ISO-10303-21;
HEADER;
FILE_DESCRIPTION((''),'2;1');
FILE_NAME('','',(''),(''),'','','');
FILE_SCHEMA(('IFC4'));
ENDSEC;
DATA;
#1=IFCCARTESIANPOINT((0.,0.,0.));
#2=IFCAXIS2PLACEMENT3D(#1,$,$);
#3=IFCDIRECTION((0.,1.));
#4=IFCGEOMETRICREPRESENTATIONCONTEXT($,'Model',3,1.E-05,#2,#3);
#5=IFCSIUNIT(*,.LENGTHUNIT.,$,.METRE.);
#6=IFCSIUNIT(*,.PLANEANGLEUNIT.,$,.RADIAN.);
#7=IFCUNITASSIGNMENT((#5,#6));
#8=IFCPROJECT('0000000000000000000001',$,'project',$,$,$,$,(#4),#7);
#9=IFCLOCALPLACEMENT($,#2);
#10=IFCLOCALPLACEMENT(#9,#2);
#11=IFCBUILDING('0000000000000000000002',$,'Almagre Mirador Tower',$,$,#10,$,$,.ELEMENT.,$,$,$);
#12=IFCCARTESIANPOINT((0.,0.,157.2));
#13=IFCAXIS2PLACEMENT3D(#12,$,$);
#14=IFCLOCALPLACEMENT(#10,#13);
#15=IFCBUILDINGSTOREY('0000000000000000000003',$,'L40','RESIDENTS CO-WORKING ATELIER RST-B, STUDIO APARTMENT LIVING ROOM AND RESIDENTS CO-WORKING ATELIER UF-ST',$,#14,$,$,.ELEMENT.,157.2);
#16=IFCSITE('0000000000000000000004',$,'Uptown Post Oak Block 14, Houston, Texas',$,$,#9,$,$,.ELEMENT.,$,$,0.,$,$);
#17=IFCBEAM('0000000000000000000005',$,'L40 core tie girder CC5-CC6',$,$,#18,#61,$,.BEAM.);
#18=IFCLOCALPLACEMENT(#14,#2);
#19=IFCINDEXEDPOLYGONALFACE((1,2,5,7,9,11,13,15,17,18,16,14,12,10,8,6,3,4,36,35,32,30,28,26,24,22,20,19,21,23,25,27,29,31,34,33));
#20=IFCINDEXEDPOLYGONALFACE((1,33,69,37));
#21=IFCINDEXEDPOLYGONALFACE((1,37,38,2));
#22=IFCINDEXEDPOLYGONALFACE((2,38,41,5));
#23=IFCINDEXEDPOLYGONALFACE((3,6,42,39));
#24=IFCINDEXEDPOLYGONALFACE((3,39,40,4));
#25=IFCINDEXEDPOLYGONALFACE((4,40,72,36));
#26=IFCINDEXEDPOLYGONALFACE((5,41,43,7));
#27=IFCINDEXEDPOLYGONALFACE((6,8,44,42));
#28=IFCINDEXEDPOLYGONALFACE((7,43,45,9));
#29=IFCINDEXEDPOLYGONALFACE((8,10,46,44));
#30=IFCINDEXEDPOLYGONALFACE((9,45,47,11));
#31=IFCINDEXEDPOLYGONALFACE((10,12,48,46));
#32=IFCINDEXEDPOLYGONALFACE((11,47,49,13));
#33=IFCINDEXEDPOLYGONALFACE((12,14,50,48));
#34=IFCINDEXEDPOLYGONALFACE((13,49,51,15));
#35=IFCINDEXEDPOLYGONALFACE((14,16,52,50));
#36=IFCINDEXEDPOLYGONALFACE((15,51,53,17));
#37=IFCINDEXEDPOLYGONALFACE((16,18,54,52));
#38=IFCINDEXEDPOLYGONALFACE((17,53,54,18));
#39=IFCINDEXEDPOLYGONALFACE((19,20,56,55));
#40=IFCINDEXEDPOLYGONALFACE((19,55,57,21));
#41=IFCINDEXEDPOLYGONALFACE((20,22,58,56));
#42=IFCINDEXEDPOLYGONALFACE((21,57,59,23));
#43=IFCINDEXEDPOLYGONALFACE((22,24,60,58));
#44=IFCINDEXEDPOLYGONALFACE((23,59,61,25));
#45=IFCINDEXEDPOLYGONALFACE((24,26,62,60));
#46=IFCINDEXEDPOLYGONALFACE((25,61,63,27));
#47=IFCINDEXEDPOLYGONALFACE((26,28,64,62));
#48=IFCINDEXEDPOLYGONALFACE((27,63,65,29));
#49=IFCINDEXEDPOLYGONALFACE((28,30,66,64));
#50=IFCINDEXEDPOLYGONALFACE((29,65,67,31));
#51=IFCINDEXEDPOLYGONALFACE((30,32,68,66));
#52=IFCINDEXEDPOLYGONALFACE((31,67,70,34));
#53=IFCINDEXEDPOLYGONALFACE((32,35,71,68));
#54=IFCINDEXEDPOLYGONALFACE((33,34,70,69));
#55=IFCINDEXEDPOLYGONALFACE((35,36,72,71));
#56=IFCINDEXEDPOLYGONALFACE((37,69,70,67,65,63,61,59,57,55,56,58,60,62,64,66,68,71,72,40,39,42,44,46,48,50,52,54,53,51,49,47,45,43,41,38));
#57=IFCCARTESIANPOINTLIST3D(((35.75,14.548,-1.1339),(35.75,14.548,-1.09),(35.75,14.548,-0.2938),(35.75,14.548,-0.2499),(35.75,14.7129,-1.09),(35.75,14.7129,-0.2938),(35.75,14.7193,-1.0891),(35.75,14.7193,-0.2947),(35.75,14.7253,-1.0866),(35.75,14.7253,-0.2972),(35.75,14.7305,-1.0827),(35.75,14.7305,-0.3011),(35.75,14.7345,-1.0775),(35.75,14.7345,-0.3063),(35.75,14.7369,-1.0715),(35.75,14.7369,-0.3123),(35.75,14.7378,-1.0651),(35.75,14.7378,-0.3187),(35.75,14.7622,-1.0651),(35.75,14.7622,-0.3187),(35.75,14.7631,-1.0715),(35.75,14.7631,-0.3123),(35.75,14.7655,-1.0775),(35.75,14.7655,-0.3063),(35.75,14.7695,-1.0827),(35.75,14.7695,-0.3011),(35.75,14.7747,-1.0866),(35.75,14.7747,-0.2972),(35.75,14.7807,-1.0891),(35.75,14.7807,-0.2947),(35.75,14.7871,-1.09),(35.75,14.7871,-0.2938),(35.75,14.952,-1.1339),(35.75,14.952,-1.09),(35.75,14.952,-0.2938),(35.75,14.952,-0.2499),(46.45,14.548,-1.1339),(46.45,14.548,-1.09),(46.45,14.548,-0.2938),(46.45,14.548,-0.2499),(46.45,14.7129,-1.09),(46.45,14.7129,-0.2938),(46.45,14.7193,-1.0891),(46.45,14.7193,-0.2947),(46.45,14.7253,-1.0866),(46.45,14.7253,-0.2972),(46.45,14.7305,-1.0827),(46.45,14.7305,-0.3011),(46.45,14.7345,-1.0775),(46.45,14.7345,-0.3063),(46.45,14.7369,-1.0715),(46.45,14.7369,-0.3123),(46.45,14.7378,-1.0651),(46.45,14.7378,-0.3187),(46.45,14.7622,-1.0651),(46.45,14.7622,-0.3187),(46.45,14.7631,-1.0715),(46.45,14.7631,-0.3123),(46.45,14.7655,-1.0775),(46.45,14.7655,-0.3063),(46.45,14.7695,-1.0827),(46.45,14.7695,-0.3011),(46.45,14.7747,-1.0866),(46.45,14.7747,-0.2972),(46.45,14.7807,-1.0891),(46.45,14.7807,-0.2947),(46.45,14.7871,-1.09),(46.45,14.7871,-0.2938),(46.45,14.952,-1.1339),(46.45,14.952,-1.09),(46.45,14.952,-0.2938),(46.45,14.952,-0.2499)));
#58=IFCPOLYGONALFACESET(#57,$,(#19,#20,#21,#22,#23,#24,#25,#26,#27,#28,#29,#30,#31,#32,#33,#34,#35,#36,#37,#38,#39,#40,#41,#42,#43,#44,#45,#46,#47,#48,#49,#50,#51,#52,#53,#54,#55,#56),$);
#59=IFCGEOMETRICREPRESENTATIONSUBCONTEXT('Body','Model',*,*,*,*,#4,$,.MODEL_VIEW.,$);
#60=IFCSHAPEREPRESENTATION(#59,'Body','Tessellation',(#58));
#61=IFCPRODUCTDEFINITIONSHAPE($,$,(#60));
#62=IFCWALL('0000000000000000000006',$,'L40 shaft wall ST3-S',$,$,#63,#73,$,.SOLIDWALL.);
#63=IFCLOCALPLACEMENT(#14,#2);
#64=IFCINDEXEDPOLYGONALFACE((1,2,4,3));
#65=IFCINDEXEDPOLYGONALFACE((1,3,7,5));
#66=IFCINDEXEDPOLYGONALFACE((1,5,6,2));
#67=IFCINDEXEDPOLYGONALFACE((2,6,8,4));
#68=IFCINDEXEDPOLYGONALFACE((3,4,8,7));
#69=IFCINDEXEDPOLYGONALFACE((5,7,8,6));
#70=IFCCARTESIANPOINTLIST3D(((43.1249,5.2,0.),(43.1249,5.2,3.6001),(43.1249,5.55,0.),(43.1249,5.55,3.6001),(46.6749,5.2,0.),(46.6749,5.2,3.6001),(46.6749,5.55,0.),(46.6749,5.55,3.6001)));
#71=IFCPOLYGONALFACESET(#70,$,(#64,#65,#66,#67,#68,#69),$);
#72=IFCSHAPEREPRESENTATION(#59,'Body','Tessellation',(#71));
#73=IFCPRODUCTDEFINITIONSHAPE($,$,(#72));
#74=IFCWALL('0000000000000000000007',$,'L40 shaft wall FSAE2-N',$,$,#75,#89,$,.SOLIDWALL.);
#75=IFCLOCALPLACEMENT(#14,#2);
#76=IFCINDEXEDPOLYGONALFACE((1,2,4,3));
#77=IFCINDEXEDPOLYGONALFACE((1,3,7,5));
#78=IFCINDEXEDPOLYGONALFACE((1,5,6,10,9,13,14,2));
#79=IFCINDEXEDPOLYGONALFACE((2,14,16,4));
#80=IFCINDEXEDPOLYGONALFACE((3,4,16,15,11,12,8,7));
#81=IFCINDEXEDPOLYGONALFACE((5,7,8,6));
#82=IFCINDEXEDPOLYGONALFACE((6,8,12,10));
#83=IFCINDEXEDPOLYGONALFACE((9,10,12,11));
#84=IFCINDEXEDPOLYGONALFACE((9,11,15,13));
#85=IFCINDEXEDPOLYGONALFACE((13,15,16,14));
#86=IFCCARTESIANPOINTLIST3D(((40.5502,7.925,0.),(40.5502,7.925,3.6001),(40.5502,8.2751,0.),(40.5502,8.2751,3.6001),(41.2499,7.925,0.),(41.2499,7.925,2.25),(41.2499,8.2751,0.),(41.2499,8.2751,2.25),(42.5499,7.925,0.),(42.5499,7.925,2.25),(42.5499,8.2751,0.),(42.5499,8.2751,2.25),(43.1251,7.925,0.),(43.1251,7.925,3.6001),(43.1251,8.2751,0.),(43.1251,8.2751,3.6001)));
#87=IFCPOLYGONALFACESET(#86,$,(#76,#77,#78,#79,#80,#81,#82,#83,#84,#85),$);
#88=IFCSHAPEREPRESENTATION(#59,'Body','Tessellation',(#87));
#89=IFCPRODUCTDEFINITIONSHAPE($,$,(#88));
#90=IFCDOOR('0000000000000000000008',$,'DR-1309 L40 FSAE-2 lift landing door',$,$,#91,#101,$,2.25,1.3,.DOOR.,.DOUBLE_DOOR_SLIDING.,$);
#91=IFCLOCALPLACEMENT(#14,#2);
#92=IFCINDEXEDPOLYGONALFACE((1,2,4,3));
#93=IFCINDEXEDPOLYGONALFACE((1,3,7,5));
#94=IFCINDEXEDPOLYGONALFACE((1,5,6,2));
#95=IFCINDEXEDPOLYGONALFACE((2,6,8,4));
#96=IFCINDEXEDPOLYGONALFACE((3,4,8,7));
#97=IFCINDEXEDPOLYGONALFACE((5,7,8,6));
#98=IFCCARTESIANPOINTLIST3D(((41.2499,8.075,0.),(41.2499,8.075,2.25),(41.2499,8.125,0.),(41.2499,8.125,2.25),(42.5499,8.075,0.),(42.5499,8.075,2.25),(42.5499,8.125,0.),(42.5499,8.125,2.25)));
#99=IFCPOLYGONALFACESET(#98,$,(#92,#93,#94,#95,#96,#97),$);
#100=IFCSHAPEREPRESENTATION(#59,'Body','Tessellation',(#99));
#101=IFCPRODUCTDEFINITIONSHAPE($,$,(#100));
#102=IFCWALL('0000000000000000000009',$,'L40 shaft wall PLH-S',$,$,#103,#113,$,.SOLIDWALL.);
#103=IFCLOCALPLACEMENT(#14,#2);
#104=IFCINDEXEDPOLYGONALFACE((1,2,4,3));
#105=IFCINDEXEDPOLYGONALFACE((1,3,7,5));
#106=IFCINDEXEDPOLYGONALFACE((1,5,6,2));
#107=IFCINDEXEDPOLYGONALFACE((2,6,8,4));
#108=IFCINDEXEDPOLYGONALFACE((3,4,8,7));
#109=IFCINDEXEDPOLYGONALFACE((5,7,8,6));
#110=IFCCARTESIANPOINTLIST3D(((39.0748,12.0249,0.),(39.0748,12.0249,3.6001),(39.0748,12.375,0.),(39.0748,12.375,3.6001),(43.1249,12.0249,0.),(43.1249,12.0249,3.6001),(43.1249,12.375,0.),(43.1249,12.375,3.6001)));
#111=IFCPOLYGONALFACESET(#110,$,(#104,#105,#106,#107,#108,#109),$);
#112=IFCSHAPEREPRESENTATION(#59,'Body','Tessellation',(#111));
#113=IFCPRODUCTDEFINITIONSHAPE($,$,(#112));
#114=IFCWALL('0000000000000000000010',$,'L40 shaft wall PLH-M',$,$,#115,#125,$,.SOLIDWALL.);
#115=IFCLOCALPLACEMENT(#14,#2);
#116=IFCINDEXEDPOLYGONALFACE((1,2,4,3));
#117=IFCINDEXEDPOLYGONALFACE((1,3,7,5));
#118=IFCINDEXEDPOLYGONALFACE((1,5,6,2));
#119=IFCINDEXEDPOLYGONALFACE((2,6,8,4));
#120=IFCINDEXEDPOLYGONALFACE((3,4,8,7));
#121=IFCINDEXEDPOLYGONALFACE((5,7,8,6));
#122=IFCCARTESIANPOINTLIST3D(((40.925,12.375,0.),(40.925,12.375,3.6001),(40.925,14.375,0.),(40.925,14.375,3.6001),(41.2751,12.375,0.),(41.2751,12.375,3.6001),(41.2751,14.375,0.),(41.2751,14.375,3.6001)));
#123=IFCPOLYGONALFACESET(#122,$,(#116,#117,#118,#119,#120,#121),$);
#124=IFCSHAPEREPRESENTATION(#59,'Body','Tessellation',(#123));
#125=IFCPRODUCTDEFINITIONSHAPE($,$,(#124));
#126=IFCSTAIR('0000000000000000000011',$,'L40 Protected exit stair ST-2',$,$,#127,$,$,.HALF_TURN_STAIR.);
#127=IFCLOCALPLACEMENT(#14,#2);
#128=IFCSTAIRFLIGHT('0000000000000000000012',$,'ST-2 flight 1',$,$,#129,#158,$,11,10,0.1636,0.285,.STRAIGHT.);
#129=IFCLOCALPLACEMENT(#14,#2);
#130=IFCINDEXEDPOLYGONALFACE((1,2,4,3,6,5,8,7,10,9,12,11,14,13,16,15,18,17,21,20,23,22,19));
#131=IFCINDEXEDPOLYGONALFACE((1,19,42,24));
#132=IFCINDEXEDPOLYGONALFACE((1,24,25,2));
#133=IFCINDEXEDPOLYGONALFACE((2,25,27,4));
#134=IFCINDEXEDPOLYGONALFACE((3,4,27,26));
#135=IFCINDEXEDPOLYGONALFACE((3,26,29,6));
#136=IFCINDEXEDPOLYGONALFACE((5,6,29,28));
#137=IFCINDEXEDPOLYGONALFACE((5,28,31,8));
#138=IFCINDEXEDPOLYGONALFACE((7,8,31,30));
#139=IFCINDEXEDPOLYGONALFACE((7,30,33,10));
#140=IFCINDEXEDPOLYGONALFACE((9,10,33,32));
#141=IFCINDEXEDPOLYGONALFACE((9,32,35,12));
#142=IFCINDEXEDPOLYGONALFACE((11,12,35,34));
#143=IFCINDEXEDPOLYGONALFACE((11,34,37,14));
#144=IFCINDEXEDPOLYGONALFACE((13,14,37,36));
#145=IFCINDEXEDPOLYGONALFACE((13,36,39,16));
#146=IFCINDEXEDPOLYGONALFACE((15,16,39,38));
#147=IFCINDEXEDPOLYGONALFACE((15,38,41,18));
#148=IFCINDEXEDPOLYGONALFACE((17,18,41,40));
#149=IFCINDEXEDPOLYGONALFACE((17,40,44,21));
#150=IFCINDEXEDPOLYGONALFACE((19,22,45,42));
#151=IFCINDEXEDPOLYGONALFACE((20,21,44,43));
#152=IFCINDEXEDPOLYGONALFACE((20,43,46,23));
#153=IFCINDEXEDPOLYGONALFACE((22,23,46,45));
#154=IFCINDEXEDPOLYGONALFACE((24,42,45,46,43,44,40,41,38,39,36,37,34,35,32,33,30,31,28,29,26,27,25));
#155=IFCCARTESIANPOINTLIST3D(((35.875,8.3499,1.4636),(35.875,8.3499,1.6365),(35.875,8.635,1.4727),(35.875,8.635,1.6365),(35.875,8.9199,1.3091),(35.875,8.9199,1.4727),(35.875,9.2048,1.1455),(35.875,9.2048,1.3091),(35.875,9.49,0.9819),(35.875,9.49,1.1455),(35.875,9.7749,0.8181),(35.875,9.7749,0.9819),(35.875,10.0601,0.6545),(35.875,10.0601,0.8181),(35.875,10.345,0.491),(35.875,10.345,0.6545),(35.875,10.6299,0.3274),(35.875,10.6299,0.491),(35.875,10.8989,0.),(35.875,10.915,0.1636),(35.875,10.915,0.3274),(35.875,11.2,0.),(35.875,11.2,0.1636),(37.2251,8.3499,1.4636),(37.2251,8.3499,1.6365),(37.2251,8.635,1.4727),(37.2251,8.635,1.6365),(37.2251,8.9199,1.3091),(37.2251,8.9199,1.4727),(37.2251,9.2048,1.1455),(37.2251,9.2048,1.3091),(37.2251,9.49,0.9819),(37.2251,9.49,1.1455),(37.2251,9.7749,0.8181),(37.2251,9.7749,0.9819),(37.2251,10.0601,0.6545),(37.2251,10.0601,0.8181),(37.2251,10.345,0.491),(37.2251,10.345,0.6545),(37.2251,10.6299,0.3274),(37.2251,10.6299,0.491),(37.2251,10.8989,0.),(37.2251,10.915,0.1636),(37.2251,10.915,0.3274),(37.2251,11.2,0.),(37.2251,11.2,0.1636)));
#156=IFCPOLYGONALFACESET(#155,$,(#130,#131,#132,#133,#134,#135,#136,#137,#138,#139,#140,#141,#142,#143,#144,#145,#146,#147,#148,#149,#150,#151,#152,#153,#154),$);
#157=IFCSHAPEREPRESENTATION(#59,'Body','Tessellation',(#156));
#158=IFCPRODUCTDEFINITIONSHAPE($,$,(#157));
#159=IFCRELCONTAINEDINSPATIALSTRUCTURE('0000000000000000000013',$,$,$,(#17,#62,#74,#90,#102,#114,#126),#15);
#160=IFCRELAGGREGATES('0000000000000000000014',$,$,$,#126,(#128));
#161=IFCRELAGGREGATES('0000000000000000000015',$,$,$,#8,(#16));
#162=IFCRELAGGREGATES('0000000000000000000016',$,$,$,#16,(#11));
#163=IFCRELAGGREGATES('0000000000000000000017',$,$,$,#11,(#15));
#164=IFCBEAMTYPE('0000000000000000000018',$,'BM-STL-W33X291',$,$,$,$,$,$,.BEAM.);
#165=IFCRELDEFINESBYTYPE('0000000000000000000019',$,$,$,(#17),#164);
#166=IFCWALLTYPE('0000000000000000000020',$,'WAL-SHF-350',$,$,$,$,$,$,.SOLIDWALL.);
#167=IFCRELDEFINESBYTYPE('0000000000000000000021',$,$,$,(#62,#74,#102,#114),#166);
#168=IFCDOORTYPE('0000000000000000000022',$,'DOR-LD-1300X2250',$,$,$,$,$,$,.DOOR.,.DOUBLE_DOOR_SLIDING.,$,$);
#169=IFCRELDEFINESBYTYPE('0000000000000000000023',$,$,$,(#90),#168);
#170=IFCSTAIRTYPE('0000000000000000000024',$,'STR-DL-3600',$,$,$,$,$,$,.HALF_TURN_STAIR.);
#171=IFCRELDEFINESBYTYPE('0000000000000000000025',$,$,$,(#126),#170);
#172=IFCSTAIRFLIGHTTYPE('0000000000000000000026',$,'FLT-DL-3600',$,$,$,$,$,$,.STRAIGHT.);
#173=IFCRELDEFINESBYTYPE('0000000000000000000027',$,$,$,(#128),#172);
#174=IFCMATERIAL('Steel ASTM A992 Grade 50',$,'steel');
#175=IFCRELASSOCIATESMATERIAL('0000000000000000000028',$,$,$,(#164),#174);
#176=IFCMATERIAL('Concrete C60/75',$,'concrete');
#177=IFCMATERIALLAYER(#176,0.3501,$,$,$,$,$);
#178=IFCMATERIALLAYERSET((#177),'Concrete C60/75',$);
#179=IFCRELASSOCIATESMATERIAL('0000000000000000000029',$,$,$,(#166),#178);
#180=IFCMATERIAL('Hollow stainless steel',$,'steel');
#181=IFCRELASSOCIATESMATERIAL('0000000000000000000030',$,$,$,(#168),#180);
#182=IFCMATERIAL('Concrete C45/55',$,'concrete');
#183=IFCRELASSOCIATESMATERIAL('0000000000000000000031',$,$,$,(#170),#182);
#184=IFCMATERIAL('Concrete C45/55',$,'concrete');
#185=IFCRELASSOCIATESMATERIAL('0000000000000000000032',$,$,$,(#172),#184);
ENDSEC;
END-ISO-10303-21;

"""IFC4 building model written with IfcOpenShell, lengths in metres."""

from ifc_helpers import new_model, si_unit, direction, frame, frame_2d, origin, origin_2d, place, context, subcontext, project, spatial, polyline, rectangle, i_section, outline, extrude, material, layer, layer_set, material_profile, profile_set, type_object, element, fill, aggregate, save


model = new_model("IFC4")

# Units and contexts
model_context = context("Model", 3, precision=1e-05, world=origin(), true_north=direction((0.0, 1.0)))
body_context = subcontext(model_context, "Body", "Model", "MODEL_VIEW")
ifc_project = project(units=[si_unit("LENGTHUNIT", "METRE"), si_unit("PLANEANGLEUNIT", "RADIAN")], contexts=[model_context])

# Site, building, storey
site_placement = place(None, origin())
site = spatial("IfcSite", under=ifc_project, at=site_placement, Name="Uptown Post Oak Block 14, Houston, Texas", CompositionType="ELEMENT", RefElevation=0.0)
building_placement = place(site_placement, origin())
building = spatial("IfcBuilding", under=site, at=building_placement, Name="Almagre Mirador Tower", CompositionType="ELEMENT")
storey_placement = place(building_placement, frame((0.0, 0.0, 157.2)))
storey = spatial("IfcBuildingStorey", under=building, at=storey_placement, Name="L40", Description="RESIDENTS CO-WORKING ATELIER RST-B, STUDIO APARTMENT LIVING ROOM AND RESIDENTS CO-WORKING ATELIER UF-ST", CompositionType="ELEMENT", Elevation=157.2)

# Beam
ifc_material_1 = material(Name="Steel ASTM A992 Grade 50", Category="steel")
ifc_material_profile = material_profile(ifc_material_1, i_section(OverallWidth=0.4041, OverallDepth=0.884, WebThickness=0.0244, FlangeThickness=0.0439, FilletRadius=0.0249, at=origin_2d()), Name="W33X291")
ifc_profile_set = profile_set([ifc_material_profile], Name="Steel ASTM A992 Grade 50")
beam_type = type_object("IfcBeamType", Name="BM-STL-W33X291", PredefinedType="BEAM", material=ifc_profile_set)
beam_placement = place(storey_placement, frame((35.75, 14.75, -0.6919), z_axis=(1.0, 0.0, 0.0), x_axis=(0.0, 1.0, 0.0)))
element("IfcBeam", 1, at=beam_placement, inside=storey, type_object=beam_type, Name="L40 core tie girder CC5-CC6", PredefinedType="BEAM", context=body_context, shape_type="SweptSolid", body=[
    extrude(i_section(OverallWidth=0.4041, OverallDepth=0.884, WebThickness=0.0244, FlangeThickness=0.0439, FilletRadius=0.0249, at=origin_2d()), origin(), (0.0, 0.0, 1.0), 10.7),
])

# Wall
ifc_material_2 = material(Name="Concrete C60/75", Category="concrete")
ifc_layer_1 = layer(ifc_material_2, 0.3501)
ifc_layer_set_1 = layer_set([ifc_layer_1], Name="Concrete C60/75")
wall_type_1 = type_object("IfcWallType", Name="WAL-SHF-350", PredefinedType="SOLIDWALL", material=ifc_layer_set_1)
wall_1_placement = place(storey_placement, frame((43.125, 5.375, 0.0), z_axis=(0.0, 0.0, 1.0), x_axis=(1.0, 0.0, 0.0)))
element("IfcWall", 2, at=wall_1_placement, inside=storey, type_object=wall_type_1, Name="L40 shaft wall ST3-S", PredefinedType="SOLIDWALL", context=body_context, shape_type="SweptSolid", body=[
    extrude(rectangle(XDim=3.55, YDim=0.3501, at=frame_2d((1.7749, 0.0))), origin(), (0.0, 0.0, 1.0), 3.6001),
])

# Wall, opening, door
wall_2_placement = place(storey_placement, frame((40.55, 8.1001, 0.0), z_axis=(0.0, 0.0, 1.0), x_axis=(1.0, 0.0, 0.0)))
wall_2 = element("IfcWall", 3, at=wall_2_placement, inside=storey, type_object=wall_type_1, Name="L40 shaft wall FSAE2-N", PredefinedType="SOLIDWALL", context=body_context, shape_type="SweptSolid", body=[
    extrude(rectangle(XDim=2.575, YDim=0.3501, at=frame_2d((1.2876, 0.0))), origin(), (0.0, 0.0, 1.0), 3.6001),
])
opening_1_placement = place(wall_2_placement, frame((0.7, 0.0, 0.0)))
opening_1 = element("IfcOpeningElement", 4, at=opening_1_placement, cuts=wall_2, PredefinedType="OPENING", context=body_context, shape_type="SweptSolid", body=[
    extrude(rectangle(XDim=1.3, YDim=2.25, at=frame_2d((0.6499, 1.125))), frame((0.0, 0.185, 0.0), z_axis=(0.0, -1.0, 0.0), x_axis=(1.0, 0.0, 0.0)), (0.0, 0.0, 1.0), 0.3701),
])
ifc_material_3 = material(Name="Hollow stainless steel", Category="steel")
door_type_1 = type_object("IfcDoorType", Name="DOR-LD-1300X2250", OperationType="DOUBLE_DOOR_SLIDING", PredefinedType="DOOR", material=ifc_material_3)
door_1_placement = place(opening_1_placement, origin())
door_1 = element("IfcDoor", 5, at=door_1_placement, inside=storey, type_object=door_type_1, Name="DR-1309 L40 FSAE-2 lift landing door", OperationType="DOUBLE_DOOR_SLIDING", OverallHeight=2.25, OverallWidth=1.3, PredefinedType="DOOR", context=body_context, shape_type="SweptSolid", body=[
    extrude(rectangle(XDim=1.3, YDim=2.25, at=frame_2d((0.6499, 1.125))), frame((0.0, 0.0249, 0.0), z_axis=(0.0, -1.0, 0.0), x_axis=(1.0, 0.0, 0.0)), (0.0, 0.0, 1.0), 0.05),
])
fill(opening_1, door_1)

# Walls
wall_3_placement = place(storey_placement, frame((39.075, 12.2, 0.0), z_axis=(0.0, 0.0, 1.0), x_axis=(1.0, 0.0, 0.0)))
element("IfcWall", 6, at=wall_3_placement, inside=storey, type_object=wall_type_1, Name="L40 shaft wall PLH-S", PredefinedType="SOLIDWALL", context=body_context, shape_type="SweptSolid", body=[
    extrude(rectangle(XDim=4.05, YDim=0.3501, at=frame_2d((2.0249, 0.0))), origin(), (0.0, 0.0, 1.0), 3.6001),
])
wall_4_placement = place(storey_placement, frame((41.1001, 12.375, 0.0), z_axis=(0.0, 0.0, 1.0), x_axis=(0.0, 1.0, 0.0)))
element("IfcWall", 7, at=wall_4_placement, inside=storey, type_object=wall_type_1, Name="L40 shaft wall PLH-M", PredefinedType="SOLIDWALL", context=body_context, shape_type="SweptSolid", body=[
    extrude(rectangle(XDim=2.0, YDim=0.3501, at=frame_2d((1.0, 0.0))), origin(), (0.0, 0.0, 1.0), 3.6001),
])

# Stair, stair flight
ifc_material_4 = material(Name="Concrete C45/55", Category="concrete")
stair_type = type_object("IfcStairType", Name="STR-DL-3600", PredefinedType="HALF_TURN_STAIR", material=ifc_material_4)
stair_1_placement = place(storey_placement, origin())
stair_1 = element("IfcStair", 8, at=stair_1_placement, inside=storey, type_object=stair_type, Name="L40 Protected exit stair ST-2", PredefinedType="HALF_TURN_STAIR")
ifc_material_5 = material(Name="Concrete C45/55", Category="concrete")
stair_flight_type = type_object("IfcStairFlightType", Name="FLT-DL-3600", PredefinedType="STRAIGHT", material=ifc_material_5)
stair_flight_1_placement = place(storey_placement, frame((36.55, 11.2, 0.0), z_axis=(0.0, 0.0, 1.0), x_axis=(0.0, -1.0, 0.0)))
stair_flight_1 = element("IfcStairFlight", 9, at=stair_flight_1_placement, type_object=stair_flight_type, Name="ST-2 flight 1", NumberOfRisers=11, NumberOfTreads=10, PredefinedType="STRAIGHT", RiserHeight=0.1636, TreadLength=0.285, context=body_context, shape_type="SweptSolid", body=[
    extrude(outline(polyline([(0.0, 0.0), (0.0, 0.1636), (0.2849, 0.1636), (0.2849, 0.3274), (0.5701, 0.3274), (0.5701, 0.491), (0.855, 0.491), (0.855, 0.6545), (1.1399, 0.6545), (1.1399, 0.8181), (1.425, 0.8181), (1.425, 0.9819), (1.71, 0.9819), (1.71, 1.1455), (1.9951, 1.1455), (1.9951, 1.3091), (2.28, 1.3091), (2.28, 1.4727), (2.5649, 1.4727), (2.5649, 1.6365), (2.8501, 1.6365), (2.8501, 1.8), (2.8501, 1.4636), (0.301, 0.0), (0.0, 0.0)])), frame((0.0, 0.675, 0.0), z_axis=(0.0, -1.0, 0.0), x_axis=(1.0, 0.0, 0.0)), (0.0, 0.0, 1.0), 1.3501),
])
aggregate(stair_1, [stair_flight_1])

save(model, "model.ifc")
